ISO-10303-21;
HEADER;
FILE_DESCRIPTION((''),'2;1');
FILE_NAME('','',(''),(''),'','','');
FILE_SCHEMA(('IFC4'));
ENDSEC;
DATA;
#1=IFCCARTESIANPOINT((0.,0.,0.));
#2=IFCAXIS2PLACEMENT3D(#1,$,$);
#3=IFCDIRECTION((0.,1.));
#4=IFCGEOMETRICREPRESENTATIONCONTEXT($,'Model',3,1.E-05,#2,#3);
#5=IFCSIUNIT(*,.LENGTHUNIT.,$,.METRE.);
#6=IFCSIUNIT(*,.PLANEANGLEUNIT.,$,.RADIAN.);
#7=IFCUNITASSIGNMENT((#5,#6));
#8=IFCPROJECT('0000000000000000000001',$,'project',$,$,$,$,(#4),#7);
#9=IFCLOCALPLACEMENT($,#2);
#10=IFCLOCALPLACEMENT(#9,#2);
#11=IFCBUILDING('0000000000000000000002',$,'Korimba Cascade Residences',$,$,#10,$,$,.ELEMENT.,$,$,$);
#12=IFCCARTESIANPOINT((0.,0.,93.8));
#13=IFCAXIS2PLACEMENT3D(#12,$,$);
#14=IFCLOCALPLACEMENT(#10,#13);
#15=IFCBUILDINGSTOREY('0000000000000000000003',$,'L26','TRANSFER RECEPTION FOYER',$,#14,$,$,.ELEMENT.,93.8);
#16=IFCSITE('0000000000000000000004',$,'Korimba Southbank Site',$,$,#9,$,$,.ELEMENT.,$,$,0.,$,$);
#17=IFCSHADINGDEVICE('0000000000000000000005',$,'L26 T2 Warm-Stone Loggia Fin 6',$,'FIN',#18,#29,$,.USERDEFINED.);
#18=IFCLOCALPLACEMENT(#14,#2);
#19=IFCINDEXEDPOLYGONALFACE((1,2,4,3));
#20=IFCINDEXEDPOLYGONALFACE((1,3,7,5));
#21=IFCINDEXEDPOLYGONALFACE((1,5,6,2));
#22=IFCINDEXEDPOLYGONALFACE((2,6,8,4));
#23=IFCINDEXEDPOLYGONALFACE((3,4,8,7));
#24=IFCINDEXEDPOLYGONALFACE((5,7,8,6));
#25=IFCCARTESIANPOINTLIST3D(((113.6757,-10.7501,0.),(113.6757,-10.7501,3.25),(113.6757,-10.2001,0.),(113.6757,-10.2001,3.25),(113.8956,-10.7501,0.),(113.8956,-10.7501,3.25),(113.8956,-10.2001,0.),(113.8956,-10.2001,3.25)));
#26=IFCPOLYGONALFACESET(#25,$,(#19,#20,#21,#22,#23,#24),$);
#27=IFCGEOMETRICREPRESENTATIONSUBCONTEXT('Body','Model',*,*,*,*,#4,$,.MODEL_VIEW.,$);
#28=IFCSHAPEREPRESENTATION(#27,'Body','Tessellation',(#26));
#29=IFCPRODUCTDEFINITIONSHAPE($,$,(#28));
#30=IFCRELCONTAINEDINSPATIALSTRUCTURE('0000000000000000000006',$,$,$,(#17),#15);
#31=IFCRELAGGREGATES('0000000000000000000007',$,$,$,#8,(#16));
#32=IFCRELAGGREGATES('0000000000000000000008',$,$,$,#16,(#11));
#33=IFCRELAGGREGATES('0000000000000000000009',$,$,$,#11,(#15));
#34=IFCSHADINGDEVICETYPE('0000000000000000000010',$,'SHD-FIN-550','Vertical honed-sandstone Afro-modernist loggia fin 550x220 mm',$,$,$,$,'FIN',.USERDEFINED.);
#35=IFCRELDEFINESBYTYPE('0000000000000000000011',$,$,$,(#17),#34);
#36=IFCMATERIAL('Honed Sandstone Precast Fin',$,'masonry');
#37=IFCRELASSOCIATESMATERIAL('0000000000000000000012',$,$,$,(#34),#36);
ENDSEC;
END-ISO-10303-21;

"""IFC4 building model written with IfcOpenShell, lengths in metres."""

from ifc_helpers import new_model, si_unit, direction, frame, origin, origin_2d, place, context, subcontext, project, spatial, rectangle, extrude, material, type_object, element, save


model = new_model("IFC4")

# Units and contexts
model_context = context("Model", 3, precision=1e-05, world=origin(), true_north=direction((0.0, 1.0)))
body_context = subcontext(model_context, "Body", "Model", "MODEL_VIEW")
ifc_project = project(units=[si_unit("LENGTHUNIT", "METRE"), si_unit("PLANEANGLEUNIT", "RADIAN")], contexts=[model_context])

# Site, building, storey
site_placement = place(None, origin())
site = spatial("IfcSite", under=ifc_project, at=site_placement, Name="Korimba Southbank Site", CompositionType="ELEMENT", RefElevation=0.0)
building_placement = place(site_placement, origin())
building = spatial("IfcBuilding", under=site, at=building_placement, Name="Korimba Cascade Residences", CompositionType="ELEMENT")
storey_placement = place(building_placement, frame((0.0, 0.0, 93.8)))
storey = spatial("IfcBuildingStorey", under=building, at=storey_placement, Name="L26", Description="TRANSFER RECEPTION FOYER", CompositionType="ELEMENT", Elevation=93.8)

# Shading device
ifc_material_1 = material(Name="Honed Sandstone Precast Fin", Category="masonry")
shading_device_type = type_object("IfcShadingDeviceType", Name="SHD-FIN-550", Description="Vertical honed-sandstone Afro-modernist loggia fin 550x220 mm", ElementType="FIN", PredefinedType="USERDEFINED", material=ifc_material_1)
shading_device_placement = place(storey_placement, frame((113.7856, -10.4751, 0.0), z_axis=(0.0, 0.0, 1.0), x_axis=(1.0, 0.0, 0.0)))
element("IfcShadingDevice", 1, at=shading_device_placement, inside=storey, type_object=shading_device_type, Name="L26 T2 Warm-Stone Loggia Fin 6", ObjectType="FIN", PredefinedType="USERDEFINED", context=body_context, shape_type="SweptSolid", body=[
    extrude(rectangle(XDim=0.22, YDim=0.55, at=origin_2d()), origin(), (0.0, 0.0, 1.0), 3.25),
])

save(model, "model.ifc")
